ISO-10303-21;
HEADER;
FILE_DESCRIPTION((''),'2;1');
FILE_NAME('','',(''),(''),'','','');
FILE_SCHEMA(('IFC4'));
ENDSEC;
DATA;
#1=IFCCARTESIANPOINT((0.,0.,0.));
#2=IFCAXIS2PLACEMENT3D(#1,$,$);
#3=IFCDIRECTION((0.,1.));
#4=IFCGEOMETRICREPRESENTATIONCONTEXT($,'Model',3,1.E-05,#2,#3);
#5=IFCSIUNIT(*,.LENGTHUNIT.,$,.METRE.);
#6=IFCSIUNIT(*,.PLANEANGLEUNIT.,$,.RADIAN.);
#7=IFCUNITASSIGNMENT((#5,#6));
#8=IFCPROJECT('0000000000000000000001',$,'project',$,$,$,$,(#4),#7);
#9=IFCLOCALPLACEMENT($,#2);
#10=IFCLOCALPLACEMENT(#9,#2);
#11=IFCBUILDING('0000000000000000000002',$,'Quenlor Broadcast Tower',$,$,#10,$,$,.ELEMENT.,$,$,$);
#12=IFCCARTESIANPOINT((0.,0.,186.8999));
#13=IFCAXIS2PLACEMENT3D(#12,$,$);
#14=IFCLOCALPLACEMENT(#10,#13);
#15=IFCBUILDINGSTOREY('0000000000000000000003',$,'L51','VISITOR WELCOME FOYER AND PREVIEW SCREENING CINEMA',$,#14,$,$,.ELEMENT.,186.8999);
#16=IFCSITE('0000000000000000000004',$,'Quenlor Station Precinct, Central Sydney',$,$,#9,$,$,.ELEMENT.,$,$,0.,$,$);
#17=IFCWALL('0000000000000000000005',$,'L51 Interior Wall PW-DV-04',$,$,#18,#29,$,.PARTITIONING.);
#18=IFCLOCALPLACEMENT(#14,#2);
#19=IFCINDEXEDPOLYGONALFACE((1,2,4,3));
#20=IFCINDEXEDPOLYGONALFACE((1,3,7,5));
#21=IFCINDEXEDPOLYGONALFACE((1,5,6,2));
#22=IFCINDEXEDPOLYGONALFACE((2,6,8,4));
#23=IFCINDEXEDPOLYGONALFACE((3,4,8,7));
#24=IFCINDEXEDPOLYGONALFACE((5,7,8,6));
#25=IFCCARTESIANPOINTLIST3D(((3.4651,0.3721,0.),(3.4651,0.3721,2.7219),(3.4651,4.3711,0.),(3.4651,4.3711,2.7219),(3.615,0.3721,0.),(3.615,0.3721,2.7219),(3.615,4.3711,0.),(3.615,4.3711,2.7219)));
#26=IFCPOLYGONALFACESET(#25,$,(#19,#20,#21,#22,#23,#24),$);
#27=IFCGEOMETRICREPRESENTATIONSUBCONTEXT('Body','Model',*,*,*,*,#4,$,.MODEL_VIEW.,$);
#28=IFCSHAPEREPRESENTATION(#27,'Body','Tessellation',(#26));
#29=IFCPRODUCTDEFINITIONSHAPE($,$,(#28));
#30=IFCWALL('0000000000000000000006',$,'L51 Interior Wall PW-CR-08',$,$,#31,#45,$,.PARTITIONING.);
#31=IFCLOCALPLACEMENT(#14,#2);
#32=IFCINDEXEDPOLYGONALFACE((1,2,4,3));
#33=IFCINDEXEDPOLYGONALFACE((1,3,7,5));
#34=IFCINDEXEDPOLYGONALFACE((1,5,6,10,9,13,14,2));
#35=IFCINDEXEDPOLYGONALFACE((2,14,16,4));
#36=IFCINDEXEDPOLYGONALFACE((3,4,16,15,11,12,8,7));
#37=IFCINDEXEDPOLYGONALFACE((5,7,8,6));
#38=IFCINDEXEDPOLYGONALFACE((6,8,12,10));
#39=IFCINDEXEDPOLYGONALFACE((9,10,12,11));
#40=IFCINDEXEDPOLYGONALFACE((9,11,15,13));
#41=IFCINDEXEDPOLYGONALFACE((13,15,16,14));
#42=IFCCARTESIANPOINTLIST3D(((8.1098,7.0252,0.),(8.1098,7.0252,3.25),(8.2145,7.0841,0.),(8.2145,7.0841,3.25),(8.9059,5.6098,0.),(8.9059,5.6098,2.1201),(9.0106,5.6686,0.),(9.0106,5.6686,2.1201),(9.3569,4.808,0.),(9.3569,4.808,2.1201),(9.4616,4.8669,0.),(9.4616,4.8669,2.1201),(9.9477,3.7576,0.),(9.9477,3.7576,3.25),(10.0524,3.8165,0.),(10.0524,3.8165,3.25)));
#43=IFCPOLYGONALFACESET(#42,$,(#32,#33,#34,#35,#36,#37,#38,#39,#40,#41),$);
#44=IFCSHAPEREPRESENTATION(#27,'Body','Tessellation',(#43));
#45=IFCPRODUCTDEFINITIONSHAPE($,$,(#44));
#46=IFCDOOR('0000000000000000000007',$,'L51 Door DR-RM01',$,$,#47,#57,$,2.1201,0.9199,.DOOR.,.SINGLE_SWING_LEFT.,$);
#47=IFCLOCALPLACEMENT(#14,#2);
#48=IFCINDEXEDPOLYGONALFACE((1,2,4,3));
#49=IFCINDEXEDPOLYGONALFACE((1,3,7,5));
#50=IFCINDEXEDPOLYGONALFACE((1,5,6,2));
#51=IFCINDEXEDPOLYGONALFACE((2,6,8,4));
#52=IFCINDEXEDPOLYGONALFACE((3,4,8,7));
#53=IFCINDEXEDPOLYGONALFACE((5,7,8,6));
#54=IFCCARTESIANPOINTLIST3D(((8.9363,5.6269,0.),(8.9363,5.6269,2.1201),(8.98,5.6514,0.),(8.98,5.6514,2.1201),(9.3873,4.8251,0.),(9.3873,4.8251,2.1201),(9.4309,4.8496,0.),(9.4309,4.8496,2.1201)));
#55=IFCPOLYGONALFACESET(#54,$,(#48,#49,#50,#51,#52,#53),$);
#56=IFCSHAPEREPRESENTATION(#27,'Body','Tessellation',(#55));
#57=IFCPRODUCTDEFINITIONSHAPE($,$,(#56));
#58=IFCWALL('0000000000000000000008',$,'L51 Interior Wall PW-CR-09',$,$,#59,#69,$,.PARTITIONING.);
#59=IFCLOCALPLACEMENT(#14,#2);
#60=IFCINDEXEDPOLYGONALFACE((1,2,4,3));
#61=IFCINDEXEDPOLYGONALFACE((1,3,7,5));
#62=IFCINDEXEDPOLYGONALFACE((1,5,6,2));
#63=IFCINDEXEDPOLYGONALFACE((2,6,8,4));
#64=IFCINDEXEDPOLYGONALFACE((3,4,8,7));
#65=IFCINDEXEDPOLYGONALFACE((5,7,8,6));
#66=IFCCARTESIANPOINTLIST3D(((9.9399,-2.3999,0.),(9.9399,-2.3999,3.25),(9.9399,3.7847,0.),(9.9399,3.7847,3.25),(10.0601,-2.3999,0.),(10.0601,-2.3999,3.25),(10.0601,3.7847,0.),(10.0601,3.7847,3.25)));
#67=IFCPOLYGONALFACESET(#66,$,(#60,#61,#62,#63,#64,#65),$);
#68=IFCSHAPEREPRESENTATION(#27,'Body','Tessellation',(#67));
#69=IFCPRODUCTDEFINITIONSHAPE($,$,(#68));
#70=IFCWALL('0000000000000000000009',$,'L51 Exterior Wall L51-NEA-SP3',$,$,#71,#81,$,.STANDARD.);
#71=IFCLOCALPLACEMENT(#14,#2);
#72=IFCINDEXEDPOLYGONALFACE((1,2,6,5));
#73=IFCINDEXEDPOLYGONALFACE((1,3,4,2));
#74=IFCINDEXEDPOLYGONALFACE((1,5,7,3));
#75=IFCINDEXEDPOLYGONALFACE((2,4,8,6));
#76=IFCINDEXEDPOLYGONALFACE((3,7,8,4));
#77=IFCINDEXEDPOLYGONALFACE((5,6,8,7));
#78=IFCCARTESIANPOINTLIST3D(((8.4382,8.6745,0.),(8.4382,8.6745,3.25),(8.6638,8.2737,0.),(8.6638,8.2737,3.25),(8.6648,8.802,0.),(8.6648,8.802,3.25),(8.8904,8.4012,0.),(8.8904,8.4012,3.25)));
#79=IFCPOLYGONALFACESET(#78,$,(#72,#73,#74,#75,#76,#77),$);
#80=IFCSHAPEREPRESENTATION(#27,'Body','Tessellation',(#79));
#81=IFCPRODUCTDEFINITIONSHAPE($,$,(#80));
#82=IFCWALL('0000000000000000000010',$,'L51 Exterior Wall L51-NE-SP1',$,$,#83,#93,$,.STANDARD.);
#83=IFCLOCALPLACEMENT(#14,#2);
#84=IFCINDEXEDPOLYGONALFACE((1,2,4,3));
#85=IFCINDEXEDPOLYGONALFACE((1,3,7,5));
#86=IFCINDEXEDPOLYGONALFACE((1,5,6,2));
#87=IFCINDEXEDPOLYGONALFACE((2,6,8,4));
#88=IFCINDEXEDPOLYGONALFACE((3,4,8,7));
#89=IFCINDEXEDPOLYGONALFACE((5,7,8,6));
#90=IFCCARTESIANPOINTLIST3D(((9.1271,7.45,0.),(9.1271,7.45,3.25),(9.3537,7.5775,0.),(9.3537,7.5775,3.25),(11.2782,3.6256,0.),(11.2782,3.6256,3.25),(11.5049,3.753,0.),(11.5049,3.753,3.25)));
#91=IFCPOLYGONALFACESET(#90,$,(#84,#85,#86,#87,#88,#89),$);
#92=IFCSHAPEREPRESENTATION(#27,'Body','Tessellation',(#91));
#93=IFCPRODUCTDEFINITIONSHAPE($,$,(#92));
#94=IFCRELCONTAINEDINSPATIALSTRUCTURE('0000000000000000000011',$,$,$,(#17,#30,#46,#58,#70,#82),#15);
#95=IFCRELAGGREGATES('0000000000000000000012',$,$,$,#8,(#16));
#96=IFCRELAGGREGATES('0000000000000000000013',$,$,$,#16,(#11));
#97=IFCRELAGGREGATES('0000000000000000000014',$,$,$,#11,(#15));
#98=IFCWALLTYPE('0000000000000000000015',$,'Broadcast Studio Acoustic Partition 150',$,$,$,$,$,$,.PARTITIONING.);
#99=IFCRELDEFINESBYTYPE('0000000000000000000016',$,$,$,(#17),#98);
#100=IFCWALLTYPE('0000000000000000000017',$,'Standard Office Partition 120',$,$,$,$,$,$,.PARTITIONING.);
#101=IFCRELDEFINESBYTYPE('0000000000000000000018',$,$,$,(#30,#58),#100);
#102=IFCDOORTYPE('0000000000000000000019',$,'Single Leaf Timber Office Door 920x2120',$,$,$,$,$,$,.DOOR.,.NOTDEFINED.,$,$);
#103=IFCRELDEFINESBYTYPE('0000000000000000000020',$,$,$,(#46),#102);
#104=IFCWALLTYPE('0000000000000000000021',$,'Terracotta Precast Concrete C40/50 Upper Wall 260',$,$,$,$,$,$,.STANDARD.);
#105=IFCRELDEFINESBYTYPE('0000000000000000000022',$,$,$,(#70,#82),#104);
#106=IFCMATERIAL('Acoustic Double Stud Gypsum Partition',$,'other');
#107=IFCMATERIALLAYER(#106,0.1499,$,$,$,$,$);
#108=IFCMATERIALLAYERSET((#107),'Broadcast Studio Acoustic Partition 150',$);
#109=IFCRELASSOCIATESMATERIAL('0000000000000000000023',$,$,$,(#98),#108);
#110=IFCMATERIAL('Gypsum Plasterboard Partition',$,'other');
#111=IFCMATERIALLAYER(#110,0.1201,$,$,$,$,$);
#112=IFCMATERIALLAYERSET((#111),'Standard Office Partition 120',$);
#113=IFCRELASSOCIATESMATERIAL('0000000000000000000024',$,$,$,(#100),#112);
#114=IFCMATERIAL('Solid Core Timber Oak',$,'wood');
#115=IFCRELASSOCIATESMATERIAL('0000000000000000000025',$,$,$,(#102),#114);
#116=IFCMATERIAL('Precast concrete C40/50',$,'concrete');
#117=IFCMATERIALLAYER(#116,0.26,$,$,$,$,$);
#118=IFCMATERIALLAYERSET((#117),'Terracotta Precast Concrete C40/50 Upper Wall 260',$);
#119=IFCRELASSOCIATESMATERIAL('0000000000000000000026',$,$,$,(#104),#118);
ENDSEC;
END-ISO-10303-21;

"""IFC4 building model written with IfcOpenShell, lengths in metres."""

from ifc_helpers import new_model, si_unit, direction, frame, frame_2d, origin, place, context, subcontext, project, spatial, rectangle, extrude, material, layer, layer_set, type_object, element, fill, save


model = new_model("IFC4")

# Units and contexts
model_context = context("Model", 3, precision=1e-05, world=origin(), true_north=direction((0.0, 1.0)))
body_context = subcontext(model_context, "Body", "Model", "MODEL_VIEW")
ifc_project = project(units=[si_unit("LENGTHUNIT", "METRE"), si_unit("PLANEANGLEUNIT", "RADIAN")], contexts=[model_context])

# Site, building, storey
site_placement = place(None, origin())
site = spatial("IfcSite", under=ifc_project, at=site_placement, Name="Quenlor Station Precinct, Central Sydney", CompositionType="ELEMENT", RefElevation=0.0)
building_placement = place(site_placement, origin())
building = spatial("IfcBuilding", under=site, at=building_placement, Name="Quenlor Broadcast Tower", CompositionType="ELEMENT")
storey_placement = place(building_placement, frame((0.0, 0.0, 186.8999)))
storey = spatial("IfcBuildingStorey", under=building, at=storey_placement, Name="L51", Description="VISITOR WELCOME FOYER AND PREVIEW SCREENING CINEMA", CompositionType="ELEMENT", Elevation=186.8999)

# Wall
ifc_material_1 = material(Name="Acoustic Double Stud Gypsum Partition", Category="other")
ifc_layer_1 = layer(ifc_material_1, 0.1499)
ifc_layer_set_1 = layer_set([ifc_layer_1], Name="Broadcast Studio Acoustic Partition 150")
wall_type_1 = type_object("IfcWallType", Name="Broadcast Studio Acoustic Partition 150", PredefinedType="PARTITIONING", material=ifc_layer_set_1)
wall_1_placement = place(storey_placement, frame((3.54, 4.3711, 0.0), z_axis=(0.0, 0.0, 1.0), x_axis=(0.0, -1.0, 0.0)))
element("IfcWall", 1, at=wall_1_placement, inside=storey, type_object=wall_type_1, Name="L51 Interior Wall PW-DV-04", PredefinedType="PARTITIONING", context=body_context, shape_type="SweptSolid", body=[
    extrude(rectangle(XDim=3.999, YDim=0.1499, at=frame_2d((1.9995, 0.0))), origin(), (0.0, 0.0, 1.0), 2.7219),
])

# Wall, opening, door
ifc_material_2 = material(Name="Gypsum Plasterboard Partition", Category="other")
ifc_layer_2 = layer(ifc_material_2, 0.1201)
ifc_layer_set_2 = layer_set([ifc_layer_2], Name="Standard Office Partition 120")
wall_type_2 = type_object("IfcWallType", Name="Standard Office Partition 120", PredefinedType="PARTITIONING", material=ifc_layer_set_2)
wall_2_placement = place(storey_placement, frame((8.1621, 7.0547, 0.0), z_axis=(0.0, 0.0, 1.0), x_axis=(0.490237, -0.871589, 0.0)))
wall_2 = element("IfcWall", 2, at=wall_2_placement, inside=storey, type_object=wall_type_2, Name="L51 Interior Wall PW-CR-08", PredefinedType="PARTITIONING", context=body_context, shape_type="SweptSolid", body=[
    extrude(rectangle(XDim=3.749, YDim=0.1201, at=frame_2d((1.8745, 0.0))), origin(), (0.0, 0.0, 1.0), 3.25),
])
opening_placement = place(wall_2_placement, frame((1.624, 0.0, 0.0)))
opening = element("IfcOpeningElement", 3, at=opening_placement, cuts=wall_2, PredefinedType="OPENING", context=body_context, shape_type="SweptSolid", body=[
    extrude(rectangle(XDim=0.9199, YDim=2.1201, at=frame_2d((0.46, 1.0601))), frame((0.0, 0.0701, 0.0), z_axis=(0.0, -1.0, 0.0), x_axis=(1.0, 0.0, 0.0)), (0.0, 0.0, 1.0), 0.1401),
])
ifc_material_3 = material(Name="Solid Core Timber Oak", Category="wood")
door_type = type_object("IfcDoorType", Name="Single Leaf Timber Office Door 920x2120", OperationType="NOTDEFINED", PredefinedType="DOOR", material=ifc_material_3)
door_placement = place(opening_placement, origin())
door = element("IfcDoor", 4, at=door_placement, inside=storey, type_object=door_type, Name="L51 Door DR-RM01", OperationType="SINGLE_SWING_LEFT", OverallHeight=2.1201, OverallWidth=0.9199, PredefinedType="DOOR", context=body_context, shape_type="SweptSolid", body=[
    extrude(rectangle(XDim=0.9199, YDim=2.1201, at=frame_2d((0.46, 1.0601))), frame((0.0, 0.0249, 0.0), z_axis=(0.0, -1.0, 0.0), x_axis=(1.0, 0.0, 0.0)), (0.0, 0.0, 1.0), 0.05),
])
fill(opening, door)

# Walls
wall_3_placement = place(storey_placement, frame((10.0, 3.7847, 0.0), z_axis=(0.0, 0.0, 1.0), x_axis=(0.0, -1.0, 0.0)))
element("IfcWall", 5, at=wall_3_placement, inside=storey, type_object=wall_type_2, Name="L51 Interior Wall PW-CR-09", PredefinedType="PARTITIONING", context=body_context, shape_type="SweptSolid", body=[
    extrude(rectangle(XDim=6.1846, YDim=0.1201, at=frame_2d((3.0923, 0.0))), origin(), (0.0, 0.0, 1.0), 3.25),
])
ifc_material_4 = material(Name="Precast concrete C40/50", Category="concrete")
ifc_layer_3 = layer(ifc_material_4, 0.26)
ifc_layer_set_3 = layer_set([ifc_layer_3], Name="Terracotta Precast Concrete C40/50 Upper Wall 260")
wall_type_3 = type_object("IfcWallType", Name="Terracotta Precast Concrete C40/50 Upper Wall 260", PredefinedType="STANDARD", material=ifc_layer_set_3)
wall_4_placement = place(storey_placement, frame((8.5515, 8.7383, 0.0), z_axis=(0.0, 0.0, 1.0), x_axis=(0.490412, -0.87149, 0.0)))
element("IfcWall", 6, at=wall_4_placement, inside=storey, type_object=wall_type_3, Name="L51 Exterior Wall L51-NEA-SP3", PredefinedType="STANDARD", context=body_context, shape_type="SweptSolid", body=[
    extrude(rectangle(XDim=0.46, YDim=0.26, at=frame_2d((0.23, 0.0))), origin(), (0.0, 0.0, 1.0), 3.25),
])
wall_5_placement = place(storey_placement, frame((9.2405, 7.5137, 0.0), z_axis=(0.0, 0.0, 1.0), x_axis=(0.490237, -0.871589, 0.0)))
element("IfcWall", 7, at=wall_5_placement, inside=storey, type_object=wall_type_3, Name="L51 Exterior Wall L51-NE-SP1", PredefinedType="STANDARD", context=body_context, shape_type="SweptSolid", body=[
    extrude(rectangle(XDim=4.3879, YDim=0.26, at=frame_2d((2.1938, 0.0))), origin(), (0.0, 0.0, 1.0), 3.25),
])

save(model, "model.ifc")
